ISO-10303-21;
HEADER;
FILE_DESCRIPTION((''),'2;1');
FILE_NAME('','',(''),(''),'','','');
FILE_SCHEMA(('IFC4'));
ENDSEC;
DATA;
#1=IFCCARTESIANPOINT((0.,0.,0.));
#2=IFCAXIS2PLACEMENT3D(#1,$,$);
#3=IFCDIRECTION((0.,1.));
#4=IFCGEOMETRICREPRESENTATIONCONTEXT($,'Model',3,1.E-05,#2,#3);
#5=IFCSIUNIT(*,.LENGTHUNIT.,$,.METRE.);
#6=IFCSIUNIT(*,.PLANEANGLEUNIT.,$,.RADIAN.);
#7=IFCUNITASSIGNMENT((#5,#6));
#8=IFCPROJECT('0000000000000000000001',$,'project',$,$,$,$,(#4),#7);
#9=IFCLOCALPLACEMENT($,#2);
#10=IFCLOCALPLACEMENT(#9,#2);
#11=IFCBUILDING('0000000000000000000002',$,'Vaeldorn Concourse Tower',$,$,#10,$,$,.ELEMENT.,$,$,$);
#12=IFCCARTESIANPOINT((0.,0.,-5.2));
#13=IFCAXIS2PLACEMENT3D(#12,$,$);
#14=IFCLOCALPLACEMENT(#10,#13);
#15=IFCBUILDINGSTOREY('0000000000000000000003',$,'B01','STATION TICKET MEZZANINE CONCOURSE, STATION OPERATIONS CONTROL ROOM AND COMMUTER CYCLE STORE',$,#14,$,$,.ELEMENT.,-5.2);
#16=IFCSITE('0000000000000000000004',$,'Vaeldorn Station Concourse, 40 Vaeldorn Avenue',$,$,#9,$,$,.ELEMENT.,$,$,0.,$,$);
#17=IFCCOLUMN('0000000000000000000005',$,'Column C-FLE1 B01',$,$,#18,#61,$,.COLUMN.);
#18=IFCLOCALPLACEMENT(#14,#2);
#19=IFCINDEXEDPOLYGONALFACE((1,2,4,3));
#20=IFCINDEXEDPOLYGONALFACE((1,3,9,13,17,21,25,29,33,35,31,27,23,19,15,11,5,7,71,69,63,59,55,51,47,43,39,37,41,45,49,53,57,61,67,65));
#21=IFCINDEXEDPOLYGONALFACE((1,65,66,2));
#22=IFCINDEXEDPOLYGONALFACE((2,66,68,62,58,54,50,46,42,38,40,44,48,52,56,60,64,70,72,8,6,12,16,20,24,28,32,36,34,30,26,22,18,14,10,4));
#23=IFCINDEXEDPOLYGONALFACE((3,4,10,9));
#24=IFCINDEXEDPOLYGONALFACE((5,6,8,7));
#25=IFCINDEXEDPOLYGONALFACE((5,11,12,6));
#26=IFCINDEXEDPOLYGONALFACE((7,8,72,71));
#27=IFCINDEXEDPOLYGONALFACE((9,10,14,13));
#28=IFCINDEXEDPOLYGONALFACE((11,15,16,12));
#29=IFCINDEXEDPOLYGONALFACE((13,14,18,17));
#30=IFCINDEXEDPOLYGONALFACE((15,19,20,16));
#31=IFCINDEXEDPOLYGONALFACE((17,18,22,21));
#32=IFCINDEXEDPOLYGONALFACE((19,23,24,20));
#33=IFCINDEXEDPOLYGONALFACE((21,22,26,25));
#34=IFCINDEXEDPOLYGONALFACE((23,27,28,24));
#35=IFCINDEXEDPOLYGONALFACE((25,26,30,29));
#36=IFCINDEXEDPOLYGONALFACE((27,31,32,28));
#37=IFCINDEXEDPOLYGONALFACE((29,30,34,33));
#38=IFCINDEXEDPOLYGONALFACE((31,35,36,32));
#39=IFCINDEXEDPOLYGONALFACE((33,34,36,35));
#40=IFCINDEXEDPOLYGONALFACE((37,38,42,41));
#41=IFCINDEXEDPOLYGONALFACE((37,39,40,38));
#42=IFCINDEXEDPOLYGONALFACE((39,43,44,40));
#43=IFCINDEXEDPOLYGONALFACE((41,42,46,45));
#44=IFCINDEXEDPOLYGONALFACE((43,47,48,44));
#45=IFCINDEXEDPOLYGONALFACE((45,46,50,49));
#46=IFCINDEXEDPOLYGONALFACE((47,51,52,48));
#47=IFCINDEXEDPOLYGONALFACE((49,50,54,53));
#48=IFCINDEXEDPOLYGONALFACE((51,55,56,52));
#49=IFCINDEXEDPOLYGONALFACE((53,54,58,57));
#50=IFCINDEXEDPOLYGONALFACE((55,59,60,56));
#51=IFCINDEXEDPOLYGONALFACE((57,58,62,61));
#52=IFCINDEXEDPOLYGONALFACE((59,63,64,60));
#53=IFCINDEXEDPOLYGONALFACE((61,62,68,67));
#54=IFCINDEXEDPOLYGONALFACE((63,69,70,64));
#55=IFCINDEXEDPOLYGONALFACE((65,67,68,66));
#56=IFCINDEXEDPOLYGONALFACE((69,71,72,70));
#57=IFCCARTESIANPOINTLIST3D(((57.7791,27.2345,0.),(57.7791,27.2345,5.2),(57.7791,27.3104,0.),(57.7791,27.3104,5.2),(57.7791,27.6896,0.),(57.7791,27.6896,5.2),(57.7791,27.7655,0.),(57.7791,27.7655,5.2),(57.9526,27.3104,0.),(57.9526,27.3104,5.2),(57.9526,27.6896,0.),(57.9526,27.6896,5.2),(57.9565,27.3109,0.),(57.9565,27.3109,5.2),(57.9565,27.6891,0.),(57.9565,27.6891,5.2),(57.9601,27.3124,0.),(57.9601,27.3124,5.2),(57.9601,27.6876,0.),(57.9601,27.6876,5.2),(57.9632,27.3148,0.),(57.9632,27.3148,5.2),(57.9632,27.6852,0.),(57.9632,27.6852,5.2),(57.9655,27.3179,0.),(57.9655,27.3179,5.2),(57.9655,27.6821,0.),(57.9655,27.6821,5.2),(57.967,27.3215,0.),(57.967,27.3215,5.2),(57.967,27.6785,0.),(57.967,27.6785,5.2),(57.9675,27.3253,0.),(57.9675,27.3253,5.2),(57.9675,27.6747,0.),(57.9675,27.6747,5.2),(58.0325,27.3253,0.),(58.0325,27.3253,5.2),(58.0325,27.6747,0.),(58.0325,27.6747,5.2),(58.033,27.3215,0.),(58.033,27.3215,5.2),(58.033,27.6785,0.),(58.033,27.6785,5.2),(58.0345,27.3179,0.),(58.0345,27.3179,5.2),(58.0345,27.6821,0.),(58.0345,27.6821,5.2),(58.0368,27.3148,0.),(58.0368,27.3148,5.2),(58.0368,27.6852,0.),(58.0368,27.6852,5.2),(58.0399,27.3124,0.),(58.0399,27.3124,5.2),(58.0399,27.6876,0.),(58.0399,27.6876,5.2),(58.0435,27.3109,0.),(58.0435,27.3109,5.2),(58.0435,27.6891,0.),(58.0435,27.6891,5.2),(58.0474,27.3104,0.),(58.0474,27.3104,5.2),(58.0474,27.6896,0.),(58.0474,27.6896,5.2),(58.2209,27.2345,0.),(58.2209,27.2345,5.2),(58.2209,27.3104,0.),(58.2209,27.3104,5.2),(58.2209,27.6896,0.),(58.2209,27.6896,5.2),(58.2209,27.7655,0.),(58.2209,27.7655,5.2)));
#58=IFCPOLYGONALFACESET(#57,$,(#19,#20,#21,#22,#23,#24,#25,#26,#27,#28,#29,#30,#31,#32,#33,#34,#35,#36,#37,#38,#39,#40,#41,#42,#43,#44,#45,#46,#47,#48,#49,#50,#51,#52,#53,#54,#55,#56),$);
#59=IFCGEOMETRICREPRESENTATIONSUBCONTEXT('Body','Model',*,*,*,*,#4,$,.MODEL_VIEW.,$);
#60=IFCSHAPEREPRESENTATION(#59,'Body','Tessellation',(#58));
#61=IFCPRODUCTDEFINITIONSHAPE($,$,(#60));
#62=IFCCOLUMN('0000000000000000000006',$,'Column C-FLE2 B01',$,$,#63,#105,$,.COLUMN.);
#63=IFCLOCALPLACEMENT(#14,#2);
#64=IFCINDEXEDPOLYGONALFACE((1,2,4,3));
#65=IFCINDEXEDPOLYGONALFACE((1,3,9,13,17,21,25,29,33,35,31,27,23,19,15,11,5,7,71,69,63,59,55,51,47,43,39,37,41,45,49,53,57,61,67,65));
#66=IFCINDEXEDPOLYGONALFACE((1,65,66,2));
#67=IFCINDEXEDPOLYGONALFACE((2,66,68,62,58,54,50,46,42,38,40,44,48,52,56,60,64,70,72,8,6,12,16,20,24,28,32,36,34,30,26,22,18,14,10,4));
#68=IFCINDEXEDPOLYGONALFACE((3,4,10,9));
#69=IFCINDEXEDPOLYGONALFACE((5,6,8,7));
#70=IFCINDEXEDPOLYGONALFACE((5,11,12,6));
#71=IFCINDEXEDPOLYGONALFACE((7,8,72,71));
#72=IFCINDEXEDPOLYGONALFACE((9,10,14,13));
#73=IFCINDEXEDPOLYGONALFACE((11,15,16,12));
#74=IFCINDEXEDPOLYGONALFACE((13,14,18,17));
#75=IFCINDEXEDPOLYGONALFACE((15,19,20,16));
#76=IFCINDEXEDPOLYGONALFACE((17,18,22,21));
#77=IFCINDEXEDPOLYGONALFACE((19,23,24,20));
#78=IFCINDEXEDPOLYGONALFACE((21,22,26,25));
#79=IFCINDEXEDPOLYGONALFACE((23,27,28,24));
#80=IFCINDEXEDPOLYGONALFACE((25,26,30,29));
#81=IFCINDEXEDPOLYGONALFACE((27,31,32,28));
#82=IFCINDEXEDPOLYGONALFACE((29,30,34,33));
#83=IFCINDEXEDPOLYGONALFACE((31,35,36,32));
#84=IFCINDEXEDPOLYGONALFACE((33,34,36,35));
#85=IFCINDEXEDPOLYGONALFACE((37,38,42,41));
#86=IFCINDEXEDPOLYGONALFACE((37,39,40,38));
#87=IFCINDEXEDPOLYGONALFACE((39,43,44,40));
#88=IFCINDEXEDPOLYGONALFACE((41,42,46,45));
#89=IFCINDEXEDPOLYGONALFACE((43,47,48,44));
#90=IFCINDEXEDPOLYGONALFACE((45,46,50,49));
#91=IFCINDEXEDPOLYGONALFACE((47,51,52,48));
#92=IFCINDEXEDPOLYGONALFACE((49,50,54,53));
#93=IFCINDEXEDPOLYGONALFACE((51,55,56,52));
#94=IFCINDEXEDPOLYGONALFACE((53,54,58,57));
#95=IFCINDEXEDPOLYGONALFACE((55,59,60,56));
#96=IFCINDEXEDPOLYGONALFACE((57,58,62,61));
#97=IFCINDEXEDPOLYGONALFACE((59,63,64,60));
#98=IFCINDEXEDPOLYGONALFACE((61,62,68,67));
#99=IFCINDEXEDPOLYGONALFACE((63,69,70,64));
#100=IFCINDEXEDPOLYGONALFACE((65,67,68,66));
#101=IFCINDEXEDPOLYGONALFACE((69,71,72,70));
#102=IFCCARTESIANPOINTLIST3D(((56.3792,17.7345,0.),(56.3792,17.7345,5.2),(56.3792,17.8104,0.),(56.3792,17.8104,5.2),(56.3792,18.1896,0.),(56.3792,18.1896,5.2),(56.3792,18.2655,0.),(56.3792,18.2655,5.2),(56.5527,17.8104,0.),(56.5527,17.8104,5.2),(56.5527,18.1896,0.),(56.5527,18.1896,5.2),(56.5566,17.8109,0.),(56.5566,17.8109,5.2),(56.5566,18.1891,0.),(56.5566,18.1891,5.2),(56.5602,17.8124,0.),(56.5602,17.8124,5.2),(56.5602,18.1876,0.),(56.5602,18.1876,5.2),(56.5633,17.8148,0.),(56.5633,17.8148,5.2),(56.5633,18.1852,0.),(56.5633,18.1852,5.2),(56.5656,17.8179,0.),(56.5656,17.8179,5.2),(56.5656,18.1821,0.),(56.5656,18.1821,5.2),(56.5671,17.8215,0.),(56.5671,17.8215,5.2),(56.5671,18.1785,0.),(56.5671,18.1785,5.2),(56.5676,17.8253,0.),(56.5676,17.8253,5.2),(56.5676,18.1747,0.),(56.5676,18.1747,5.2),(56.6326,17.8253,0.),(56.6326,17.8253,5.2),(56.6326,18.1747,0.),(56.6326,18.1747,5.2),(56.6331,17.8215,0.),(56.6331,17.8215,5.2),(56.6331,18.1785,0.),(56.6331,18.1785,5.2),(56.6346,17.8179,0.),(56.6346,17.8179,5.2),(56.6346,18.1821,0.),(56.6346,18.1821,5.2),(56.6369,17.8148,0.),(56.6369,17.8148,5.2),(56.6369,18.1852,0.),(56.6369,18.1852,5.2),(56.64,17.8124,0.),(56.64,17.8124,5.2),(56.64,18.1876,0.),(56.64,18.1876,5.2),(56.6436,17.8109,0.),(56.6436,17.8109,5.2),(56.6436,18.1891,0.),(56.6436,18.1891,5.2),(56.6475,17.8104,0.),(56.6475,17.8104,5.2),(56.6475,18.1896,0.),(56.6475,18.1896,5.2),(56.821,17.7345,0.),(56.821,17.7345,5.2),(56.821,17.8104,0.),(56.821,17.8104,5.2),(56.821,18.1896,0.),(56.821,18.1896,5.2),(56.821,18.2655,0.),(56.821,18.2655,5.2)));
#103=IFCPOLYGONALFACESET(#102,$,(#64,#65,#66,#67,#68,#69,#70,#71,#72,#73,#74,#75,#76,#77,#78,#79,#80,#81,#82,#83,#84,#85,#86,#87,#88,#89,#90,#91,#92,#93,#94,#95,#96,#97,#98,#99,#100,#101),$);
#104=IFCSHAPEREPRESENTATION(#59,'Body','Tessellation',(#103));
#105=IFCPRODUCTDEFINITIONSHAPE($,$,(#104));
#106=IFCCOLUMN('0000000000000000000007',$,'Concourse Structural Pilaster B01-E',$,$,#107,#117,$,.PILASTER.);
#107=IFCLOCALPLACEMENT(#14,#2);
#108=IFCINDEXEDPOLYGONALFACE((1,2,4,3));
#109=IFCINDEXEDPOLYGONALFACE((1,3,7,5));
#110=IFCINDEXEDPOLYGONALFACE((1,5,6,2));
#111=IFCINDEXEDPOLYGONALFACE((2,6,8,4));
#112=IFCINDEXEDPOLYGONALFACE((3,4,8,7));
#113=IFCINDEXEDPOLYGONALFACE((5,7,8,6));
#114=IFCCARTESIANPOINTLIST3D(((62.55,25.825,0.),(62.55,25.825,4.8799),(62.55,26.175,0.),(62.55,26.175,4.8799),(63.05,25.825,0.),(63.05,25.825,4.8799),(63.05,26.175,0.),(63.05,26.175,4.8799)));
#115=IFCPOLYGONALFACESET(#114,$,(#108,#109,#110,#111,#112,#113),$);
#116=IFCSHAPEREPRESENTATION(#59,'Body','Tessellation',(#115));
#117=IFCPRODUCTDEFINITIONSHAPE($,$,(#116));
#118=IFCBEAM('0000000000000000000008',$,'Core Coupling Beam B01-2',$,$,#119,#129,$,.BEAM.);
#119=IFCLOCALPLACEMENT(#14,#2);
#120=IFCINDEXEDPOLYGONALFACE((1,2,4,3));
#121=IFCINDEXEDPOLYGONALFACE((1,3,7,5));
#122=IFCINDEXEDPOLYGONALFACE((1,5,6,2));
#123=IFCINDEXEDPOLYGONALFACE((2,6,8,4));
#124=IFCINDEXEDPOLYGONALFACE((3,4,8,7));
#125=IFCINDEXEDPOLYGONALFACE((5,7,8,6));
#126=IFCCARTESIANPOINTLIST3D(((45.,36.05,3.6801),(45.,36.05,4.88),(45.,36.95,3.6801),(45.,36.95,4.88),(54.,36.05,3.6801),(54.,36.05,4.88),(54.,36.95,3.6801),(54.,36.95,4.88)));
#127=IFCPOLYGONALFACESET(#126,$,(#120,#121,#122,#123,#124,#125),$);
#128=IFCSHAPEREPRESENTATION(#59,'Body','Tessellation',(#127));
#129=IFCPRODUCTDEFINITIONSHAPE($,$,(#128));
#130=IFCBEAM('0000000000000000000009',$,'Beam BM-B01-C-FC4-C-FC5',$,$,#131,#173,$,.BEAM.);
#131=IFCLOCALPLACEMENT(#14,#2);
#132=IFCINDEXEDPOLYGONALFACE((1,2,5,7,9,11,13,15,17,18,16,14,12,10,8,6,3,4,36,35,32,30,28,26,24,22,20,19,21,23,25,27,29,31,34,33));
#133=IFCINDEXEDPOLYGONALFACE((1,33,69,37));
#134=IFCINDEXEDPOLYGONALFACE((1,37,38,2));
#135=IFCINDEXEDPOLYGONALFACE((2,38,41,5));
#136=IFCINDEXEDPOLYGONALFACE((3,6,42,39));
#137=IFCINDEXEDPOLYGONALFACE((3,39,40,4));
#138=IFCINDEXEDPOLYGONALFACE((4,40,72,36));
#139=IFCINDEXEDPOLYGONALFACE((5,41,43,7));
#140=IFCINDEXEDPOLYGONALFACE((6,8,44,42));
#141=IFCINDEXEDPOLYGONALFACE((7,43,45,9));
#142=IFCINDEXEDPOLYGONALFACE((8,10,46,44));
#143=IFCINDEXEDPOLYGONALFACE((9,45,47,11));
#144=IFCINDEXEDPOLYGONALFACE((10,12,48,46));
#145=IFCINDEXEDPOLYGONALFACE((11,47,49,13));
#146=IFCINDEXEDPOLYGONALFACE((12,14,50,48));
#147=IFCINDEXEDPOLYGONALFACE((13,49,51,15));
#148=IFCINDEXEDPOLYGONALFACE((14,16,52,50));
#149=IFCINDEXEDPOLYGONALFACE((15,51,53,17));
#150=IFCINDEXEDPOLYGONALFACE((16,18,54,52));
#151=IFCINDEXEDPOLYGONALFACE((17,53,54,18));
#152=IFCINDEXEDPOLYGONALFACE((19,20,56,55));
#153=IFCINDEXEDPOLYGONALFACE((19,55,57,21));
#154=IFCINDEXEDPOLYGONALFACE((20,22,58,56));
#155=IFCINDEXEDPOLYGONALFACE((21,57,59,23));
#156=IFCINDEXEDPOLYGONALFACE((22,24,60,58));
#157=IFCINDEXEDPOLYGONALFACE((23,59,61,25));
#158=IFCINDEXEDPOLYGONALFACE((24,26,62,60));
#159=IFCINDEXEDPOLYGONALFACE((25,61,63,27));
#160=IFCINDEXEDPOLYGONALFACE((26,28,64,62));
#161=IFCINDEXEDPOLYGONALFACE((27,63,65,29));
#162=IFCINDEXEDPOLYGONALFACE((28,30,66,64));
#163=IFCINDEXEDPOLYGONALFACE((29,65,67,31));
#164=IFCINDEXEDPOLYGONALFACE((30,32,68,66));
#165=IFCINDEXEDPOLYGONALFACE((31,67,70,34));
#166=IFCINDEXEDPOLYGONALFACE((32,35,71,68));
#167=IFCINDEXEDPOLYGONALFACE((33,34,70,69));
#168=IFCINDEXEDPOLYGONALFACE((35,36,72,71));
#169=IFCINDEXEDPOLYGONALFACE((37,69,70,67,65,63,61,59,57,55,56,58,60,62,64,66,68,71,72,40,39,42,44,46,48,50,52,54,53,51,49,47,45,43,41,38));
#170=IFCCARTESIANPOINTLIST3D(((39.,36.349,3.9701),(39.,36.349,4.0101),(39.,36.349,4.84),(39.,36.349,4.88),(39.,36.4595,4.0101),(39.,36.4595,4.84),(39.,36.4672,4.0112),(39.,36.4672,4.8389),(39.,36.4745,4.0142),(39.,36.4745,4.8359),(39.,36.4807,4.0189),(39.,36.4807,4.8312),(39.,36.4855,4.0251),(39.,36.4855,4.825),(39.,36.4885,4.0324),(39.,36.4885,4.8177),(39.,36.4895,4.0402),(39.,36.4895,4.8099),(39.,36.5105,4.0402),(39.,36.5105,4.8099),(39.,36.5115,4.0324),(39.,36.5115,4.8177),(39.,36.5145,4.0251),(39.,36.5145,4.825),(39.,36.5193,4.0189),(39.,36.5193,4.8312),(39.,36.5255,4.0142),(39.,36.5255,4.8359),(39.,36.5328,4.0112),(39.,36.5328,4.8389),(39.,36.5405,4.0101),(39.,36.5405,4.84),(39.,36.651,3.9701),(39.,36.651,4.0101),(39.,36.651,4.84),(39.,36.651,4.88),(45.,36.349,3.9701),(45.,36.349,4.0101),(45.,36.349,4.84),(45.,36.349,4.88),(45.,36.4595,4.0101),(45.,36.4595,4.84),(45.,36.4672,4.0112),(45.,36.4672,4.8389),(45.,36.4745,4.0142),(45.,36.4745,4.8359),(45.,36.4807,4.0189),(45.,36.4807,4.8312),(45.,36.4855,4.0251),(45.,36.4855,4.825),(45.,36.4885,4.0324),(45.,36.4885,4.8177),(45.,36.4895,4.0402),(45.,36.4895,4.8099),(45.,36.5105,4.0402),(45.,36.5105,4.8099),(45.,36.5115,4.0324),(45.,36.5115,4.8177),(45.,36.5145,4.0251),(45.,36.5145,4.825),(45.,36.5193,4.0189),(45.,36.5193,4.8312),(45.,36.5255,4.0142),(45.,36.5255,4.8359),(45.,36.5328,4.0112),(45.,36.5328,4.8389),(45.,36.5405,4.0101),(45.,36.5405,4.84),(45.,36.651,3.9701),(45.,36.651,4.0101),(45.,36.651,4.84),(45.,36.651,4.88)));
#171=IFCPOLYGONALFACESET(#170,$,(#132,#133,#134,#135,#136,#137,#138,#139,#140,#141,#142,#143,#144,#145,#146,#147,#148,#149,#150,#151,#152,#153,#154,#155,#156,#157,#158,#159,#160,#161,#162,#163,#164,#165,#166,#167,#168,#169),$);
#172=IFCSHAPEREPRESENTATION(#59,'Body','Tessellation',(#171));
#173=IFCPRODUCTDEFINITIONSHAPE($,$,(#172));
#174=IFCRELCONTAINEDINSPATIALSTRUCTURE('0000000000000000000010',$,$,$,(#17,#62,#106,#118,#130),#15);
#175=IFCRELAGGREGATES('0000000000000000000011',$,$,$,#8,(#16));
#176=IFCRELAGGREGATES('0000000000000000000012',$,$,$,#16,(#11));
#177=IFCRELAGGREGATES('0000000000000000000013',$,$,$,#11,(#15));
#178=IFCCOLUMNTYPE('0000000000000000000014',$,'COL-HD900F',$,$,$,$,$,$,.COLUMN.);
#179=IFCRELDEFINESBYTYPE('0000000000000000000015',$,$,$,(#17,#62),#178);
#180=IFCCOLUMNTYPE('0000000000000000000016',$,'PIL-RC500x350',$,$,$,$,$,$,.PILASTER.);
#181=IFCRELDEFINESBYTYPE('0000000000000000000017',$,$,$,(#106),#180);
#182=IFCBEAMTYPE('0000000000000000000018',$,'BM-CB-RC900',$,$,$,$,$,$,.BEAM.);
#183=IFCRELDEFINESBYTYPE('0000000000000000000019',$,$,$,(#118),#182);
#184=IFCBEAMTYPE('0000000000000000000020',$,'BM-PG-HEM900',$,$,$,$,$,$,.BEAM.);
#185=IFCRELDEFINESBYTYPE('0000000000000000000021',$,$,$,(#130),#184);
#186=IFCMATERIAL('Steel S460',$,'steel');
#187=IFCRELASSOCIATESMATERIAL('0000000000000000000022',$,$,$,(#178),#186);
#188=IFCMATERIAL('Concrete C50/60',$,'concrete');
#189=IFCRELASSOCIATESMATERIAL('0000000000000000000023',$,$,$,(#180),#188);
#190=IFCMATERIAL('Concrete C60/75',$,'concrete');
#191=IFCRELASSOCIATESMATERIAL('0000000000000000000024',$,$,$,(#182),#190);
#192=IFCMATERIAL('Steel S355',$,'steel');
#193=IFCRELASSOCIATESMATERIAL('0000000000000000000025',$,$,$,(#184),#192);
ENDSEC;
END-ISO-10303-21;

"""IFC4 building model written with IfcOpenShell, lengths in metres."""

from ifc_helpers import new_model, si_unit, direction, frame, origin, origin_2d, place, context, subcontext, project, spatial, rectangle, i_section, extrude, source, transform, mapped, material, material_profile, profile_set, type_object, element, save


model = new_model("IFC4")

# Units and contexts
model_context = context("Model", 3, precision=1e-05, world=origin(), true_north=direction((0.0, 1.0)))
body_context = subcontext(model_context, "Body", "Model", "MODEL_VIEW")
ifc_project = project(units=[si_unit("LENGTHUNIT", "METRE"), si_unit("PLANEANGLEUNIT", "RADIAN")], contexts=[model_context])

# Site, building, storey
site_placement = place(None, origin())
site = spatial("IfcSite", under=ifc_project, at=site_placement, Name="Vaeldorn Station Concourse, 40 Vaeldorn Avenue", CompositionType="ELEMENT", RefElevation=0.0)
building_placement = place(site_placement, origin())
building = spatial("IfcBuilding", under=site, at=building_placement, Name="Vaeldorn Concourse Tower", CompositionType="ELEMENT")
storey_placement = place(building_placement, frame((0.0, 0.0, -5.2)))
storey = spatial("IfcBuildingStorey", under=building, at=storey_placement, Name="B01", Description="STATION TICKET MEZZANINE CONCOURSE, STATION OPERATIONS CONTROL ROOM AND COMMUTER CYCLE STORE", CompositionType="ELEMENT", Elevation=-5.2)

# Columns
ifc_material_1 = material(Name="Concrete C60/75", Category="concrete")
ifc_material_2 = material(Name="Steel S460", Category="steel")
ifc_material_profile_1 = material_profile(ifc_material_2, i_section(OverallWidth=0.4419, OverallDepth=0.531, WebThickness=0.0649, FlangeThickness=0.0759, FilletRadius=0.0149, at=origin_2d()), Name="HD 400x900")
ifc_profile_set_1 = profile_set([ifc_material_profile_1], Name="Steel S460")
column_type_1 = type_object("IfcColumnType", Name="COL-HD900F", PredefinedType="COLUMN", material=ifc_profile_set_1)
shared_shape_1 = source(origin(), body_context, "Body", "SweptSolid", [
    extrude(i_section(OverallWidth=0.4419, OverallDepth=0.531, WebThickness=0.0649, FlangeThickness=0.0759, FilletRadius=0.0149, at=origin_2d()), origin(), (0.0, 0.0, 1.0), 5.2),
])
for number, where, z_axis, x_axis, name in (
    (1, (58.0, 27.5, 0.0), (0.0, 0.0, 1.0), (1.0, 0.0, 0.0), "Column C-FLE1 B01"),
    (2, (56.6001, 18.0, 0.0), (0.0, 0.0, 1.0), (1.0, 0.0, 0.0), "Column C-FLE2 B01"),
):
    element("IfcColumn", number, at=place(storey_placement, frame(where, z_axis=z_axis, x_axis=x_axis)), inside=storey, type_object=column_type_1, Name=name, PredefinedType="COLUMN", context=body_context, shape_type="MappedRepresentation", body=[
        mapped(shared_shape_1, transform((0.0, 0.0, 0.0), scale=1.0)),
    ])
ifc_material_3 = material(Name="Concrete C50/60", Category="concrete")
ifc_material_profile_2 = material_profile(ifc_material_3, rectangle(XDim=0.5, YDim=0.3501, at=origin_2d()), Name="RC 500x350")
ifc_profile_set_2 = profile_set([ifc_material_profile_2], Name="Concrete C50/60")
column_type_2 = type_object("IfcColumnType", Name="PIL-RC500x350", PredefinedType="PILASTER", material=ifc_profile_set_2)
shared_shape_2 = source(origin(), body_context, "Body", "SweptSolid", [
    extrude(rectangle(XDim=0.5, YDim=0.3501, at=origin_2d()), origin(), (0.0, 0.0, 1.0), 4.8799),
])
column_1_placement = place(storey_placement, frame((62.8, 26.0, 0.0), z_axis=(0.0, 0.0, 1.0), x_axis=(1.0, 0.0, 0.0)))
element("IfcColumn", 3, at=column_1_placement, inside=storey, type_object=column_type_2, Name="Concourse Structural Pilaster B01-E", PredefinedType="PILASTER", context=body_context, shape_type="MappedRepresentation", body=[
    mapped(shared_shape_2, transform((0.0, 0.0, 0.0), scale=1.0)),
])

# Beams
ifc_material_profile_3 = material_profile(ifc_material_1, rectangle(XDim=0.8999, YDim=1.2, at=origin_2d()), Name="RC 900x1200")
ifc_profile_set_3 = profile_set([ifc_material_profile_3], Name="Concrete C60/75")
beam_type_1 = type_object("IfcBeamType", Name="BM-CB-RC900", PredefinedType="BEAM", material=ifc_profile_set_3)
shared_shape_3 = source(origin(), body_context, "Body", "SweptSolid", [
    extrude(rectangle(XDim=0.8999, YDim=1.2, at=origin_2d()), origin(), (0.0, 0.0, 1.0), 9.0),
])
beam_1_placement = place(storey_placement, frame((45.0, 36.5, 4.28), z_axis=(1.0, 0.0, 0.0), x_axis=(0.0, 1.0, 0.0)))
element("IfcBeam", 4, at=beam_1_placement, inside=storey, type_object=beam_type_1, Name="Core Coupling Beam B01-2", PredefinedType="BEAM", context=body_context, shape_type="MappedRepresentation", body=[
    mapped(shared_shape_3, transform((0.0, 0.0, 0.0), scale=1.0)),
])
ifc_material_4 = material(Name="Steel S355", Category="steel")
ifc_material_profile_4 = material_profile(ifc_material_4, i_section(OverallWidth=0.302, OverallDepth=0.9099, WebThickness=0.021, FlangeThickness=0.04, FilletRadius=0.03, at=origin_2d()), Name="HEM 900")
ifc_profile_set_4 = profile_set([ifc_material_profile_4], Name="Steel S355")
beam_type_2 = type_object("IfcBeamType", Name="BM-PG-HEM900", PredefinedType="BEAM", material=ifc_profile_set_4)
shared_shape_4 = source(origin(), body_context, "Body", "SweptSolid", [
    extrude(i_section(OverallWidth=0.302, OverallDepth=0.9099, WebThickness=0.021, FlangeThickness=0.04, FilletRadius=0.03, at=origin_2d()), origin(), (0.0, 0.0, 1.0), 6.0),
])
beam_2_placement = place(storey_placement, frame((39.0, 36.5, 4.425), z_axis=(1.0, 0.0, 0.0), x_axis=(0.0, 1.0, 0.0)))
element("IfcBeam", 5, at=beam_2_placement, inside=storey, type_object=beam_type_2, Name="Beam BM-B01-C-FC4-C-FC5", PredefinedType="BEAM", context=body_context, shape_type="MappedRepresentation", body=[
    mapped(shared_shape_4, transform((0.0, 0.0, 0.0), scale=1.0)),
])

save(model, "model.ifc")
